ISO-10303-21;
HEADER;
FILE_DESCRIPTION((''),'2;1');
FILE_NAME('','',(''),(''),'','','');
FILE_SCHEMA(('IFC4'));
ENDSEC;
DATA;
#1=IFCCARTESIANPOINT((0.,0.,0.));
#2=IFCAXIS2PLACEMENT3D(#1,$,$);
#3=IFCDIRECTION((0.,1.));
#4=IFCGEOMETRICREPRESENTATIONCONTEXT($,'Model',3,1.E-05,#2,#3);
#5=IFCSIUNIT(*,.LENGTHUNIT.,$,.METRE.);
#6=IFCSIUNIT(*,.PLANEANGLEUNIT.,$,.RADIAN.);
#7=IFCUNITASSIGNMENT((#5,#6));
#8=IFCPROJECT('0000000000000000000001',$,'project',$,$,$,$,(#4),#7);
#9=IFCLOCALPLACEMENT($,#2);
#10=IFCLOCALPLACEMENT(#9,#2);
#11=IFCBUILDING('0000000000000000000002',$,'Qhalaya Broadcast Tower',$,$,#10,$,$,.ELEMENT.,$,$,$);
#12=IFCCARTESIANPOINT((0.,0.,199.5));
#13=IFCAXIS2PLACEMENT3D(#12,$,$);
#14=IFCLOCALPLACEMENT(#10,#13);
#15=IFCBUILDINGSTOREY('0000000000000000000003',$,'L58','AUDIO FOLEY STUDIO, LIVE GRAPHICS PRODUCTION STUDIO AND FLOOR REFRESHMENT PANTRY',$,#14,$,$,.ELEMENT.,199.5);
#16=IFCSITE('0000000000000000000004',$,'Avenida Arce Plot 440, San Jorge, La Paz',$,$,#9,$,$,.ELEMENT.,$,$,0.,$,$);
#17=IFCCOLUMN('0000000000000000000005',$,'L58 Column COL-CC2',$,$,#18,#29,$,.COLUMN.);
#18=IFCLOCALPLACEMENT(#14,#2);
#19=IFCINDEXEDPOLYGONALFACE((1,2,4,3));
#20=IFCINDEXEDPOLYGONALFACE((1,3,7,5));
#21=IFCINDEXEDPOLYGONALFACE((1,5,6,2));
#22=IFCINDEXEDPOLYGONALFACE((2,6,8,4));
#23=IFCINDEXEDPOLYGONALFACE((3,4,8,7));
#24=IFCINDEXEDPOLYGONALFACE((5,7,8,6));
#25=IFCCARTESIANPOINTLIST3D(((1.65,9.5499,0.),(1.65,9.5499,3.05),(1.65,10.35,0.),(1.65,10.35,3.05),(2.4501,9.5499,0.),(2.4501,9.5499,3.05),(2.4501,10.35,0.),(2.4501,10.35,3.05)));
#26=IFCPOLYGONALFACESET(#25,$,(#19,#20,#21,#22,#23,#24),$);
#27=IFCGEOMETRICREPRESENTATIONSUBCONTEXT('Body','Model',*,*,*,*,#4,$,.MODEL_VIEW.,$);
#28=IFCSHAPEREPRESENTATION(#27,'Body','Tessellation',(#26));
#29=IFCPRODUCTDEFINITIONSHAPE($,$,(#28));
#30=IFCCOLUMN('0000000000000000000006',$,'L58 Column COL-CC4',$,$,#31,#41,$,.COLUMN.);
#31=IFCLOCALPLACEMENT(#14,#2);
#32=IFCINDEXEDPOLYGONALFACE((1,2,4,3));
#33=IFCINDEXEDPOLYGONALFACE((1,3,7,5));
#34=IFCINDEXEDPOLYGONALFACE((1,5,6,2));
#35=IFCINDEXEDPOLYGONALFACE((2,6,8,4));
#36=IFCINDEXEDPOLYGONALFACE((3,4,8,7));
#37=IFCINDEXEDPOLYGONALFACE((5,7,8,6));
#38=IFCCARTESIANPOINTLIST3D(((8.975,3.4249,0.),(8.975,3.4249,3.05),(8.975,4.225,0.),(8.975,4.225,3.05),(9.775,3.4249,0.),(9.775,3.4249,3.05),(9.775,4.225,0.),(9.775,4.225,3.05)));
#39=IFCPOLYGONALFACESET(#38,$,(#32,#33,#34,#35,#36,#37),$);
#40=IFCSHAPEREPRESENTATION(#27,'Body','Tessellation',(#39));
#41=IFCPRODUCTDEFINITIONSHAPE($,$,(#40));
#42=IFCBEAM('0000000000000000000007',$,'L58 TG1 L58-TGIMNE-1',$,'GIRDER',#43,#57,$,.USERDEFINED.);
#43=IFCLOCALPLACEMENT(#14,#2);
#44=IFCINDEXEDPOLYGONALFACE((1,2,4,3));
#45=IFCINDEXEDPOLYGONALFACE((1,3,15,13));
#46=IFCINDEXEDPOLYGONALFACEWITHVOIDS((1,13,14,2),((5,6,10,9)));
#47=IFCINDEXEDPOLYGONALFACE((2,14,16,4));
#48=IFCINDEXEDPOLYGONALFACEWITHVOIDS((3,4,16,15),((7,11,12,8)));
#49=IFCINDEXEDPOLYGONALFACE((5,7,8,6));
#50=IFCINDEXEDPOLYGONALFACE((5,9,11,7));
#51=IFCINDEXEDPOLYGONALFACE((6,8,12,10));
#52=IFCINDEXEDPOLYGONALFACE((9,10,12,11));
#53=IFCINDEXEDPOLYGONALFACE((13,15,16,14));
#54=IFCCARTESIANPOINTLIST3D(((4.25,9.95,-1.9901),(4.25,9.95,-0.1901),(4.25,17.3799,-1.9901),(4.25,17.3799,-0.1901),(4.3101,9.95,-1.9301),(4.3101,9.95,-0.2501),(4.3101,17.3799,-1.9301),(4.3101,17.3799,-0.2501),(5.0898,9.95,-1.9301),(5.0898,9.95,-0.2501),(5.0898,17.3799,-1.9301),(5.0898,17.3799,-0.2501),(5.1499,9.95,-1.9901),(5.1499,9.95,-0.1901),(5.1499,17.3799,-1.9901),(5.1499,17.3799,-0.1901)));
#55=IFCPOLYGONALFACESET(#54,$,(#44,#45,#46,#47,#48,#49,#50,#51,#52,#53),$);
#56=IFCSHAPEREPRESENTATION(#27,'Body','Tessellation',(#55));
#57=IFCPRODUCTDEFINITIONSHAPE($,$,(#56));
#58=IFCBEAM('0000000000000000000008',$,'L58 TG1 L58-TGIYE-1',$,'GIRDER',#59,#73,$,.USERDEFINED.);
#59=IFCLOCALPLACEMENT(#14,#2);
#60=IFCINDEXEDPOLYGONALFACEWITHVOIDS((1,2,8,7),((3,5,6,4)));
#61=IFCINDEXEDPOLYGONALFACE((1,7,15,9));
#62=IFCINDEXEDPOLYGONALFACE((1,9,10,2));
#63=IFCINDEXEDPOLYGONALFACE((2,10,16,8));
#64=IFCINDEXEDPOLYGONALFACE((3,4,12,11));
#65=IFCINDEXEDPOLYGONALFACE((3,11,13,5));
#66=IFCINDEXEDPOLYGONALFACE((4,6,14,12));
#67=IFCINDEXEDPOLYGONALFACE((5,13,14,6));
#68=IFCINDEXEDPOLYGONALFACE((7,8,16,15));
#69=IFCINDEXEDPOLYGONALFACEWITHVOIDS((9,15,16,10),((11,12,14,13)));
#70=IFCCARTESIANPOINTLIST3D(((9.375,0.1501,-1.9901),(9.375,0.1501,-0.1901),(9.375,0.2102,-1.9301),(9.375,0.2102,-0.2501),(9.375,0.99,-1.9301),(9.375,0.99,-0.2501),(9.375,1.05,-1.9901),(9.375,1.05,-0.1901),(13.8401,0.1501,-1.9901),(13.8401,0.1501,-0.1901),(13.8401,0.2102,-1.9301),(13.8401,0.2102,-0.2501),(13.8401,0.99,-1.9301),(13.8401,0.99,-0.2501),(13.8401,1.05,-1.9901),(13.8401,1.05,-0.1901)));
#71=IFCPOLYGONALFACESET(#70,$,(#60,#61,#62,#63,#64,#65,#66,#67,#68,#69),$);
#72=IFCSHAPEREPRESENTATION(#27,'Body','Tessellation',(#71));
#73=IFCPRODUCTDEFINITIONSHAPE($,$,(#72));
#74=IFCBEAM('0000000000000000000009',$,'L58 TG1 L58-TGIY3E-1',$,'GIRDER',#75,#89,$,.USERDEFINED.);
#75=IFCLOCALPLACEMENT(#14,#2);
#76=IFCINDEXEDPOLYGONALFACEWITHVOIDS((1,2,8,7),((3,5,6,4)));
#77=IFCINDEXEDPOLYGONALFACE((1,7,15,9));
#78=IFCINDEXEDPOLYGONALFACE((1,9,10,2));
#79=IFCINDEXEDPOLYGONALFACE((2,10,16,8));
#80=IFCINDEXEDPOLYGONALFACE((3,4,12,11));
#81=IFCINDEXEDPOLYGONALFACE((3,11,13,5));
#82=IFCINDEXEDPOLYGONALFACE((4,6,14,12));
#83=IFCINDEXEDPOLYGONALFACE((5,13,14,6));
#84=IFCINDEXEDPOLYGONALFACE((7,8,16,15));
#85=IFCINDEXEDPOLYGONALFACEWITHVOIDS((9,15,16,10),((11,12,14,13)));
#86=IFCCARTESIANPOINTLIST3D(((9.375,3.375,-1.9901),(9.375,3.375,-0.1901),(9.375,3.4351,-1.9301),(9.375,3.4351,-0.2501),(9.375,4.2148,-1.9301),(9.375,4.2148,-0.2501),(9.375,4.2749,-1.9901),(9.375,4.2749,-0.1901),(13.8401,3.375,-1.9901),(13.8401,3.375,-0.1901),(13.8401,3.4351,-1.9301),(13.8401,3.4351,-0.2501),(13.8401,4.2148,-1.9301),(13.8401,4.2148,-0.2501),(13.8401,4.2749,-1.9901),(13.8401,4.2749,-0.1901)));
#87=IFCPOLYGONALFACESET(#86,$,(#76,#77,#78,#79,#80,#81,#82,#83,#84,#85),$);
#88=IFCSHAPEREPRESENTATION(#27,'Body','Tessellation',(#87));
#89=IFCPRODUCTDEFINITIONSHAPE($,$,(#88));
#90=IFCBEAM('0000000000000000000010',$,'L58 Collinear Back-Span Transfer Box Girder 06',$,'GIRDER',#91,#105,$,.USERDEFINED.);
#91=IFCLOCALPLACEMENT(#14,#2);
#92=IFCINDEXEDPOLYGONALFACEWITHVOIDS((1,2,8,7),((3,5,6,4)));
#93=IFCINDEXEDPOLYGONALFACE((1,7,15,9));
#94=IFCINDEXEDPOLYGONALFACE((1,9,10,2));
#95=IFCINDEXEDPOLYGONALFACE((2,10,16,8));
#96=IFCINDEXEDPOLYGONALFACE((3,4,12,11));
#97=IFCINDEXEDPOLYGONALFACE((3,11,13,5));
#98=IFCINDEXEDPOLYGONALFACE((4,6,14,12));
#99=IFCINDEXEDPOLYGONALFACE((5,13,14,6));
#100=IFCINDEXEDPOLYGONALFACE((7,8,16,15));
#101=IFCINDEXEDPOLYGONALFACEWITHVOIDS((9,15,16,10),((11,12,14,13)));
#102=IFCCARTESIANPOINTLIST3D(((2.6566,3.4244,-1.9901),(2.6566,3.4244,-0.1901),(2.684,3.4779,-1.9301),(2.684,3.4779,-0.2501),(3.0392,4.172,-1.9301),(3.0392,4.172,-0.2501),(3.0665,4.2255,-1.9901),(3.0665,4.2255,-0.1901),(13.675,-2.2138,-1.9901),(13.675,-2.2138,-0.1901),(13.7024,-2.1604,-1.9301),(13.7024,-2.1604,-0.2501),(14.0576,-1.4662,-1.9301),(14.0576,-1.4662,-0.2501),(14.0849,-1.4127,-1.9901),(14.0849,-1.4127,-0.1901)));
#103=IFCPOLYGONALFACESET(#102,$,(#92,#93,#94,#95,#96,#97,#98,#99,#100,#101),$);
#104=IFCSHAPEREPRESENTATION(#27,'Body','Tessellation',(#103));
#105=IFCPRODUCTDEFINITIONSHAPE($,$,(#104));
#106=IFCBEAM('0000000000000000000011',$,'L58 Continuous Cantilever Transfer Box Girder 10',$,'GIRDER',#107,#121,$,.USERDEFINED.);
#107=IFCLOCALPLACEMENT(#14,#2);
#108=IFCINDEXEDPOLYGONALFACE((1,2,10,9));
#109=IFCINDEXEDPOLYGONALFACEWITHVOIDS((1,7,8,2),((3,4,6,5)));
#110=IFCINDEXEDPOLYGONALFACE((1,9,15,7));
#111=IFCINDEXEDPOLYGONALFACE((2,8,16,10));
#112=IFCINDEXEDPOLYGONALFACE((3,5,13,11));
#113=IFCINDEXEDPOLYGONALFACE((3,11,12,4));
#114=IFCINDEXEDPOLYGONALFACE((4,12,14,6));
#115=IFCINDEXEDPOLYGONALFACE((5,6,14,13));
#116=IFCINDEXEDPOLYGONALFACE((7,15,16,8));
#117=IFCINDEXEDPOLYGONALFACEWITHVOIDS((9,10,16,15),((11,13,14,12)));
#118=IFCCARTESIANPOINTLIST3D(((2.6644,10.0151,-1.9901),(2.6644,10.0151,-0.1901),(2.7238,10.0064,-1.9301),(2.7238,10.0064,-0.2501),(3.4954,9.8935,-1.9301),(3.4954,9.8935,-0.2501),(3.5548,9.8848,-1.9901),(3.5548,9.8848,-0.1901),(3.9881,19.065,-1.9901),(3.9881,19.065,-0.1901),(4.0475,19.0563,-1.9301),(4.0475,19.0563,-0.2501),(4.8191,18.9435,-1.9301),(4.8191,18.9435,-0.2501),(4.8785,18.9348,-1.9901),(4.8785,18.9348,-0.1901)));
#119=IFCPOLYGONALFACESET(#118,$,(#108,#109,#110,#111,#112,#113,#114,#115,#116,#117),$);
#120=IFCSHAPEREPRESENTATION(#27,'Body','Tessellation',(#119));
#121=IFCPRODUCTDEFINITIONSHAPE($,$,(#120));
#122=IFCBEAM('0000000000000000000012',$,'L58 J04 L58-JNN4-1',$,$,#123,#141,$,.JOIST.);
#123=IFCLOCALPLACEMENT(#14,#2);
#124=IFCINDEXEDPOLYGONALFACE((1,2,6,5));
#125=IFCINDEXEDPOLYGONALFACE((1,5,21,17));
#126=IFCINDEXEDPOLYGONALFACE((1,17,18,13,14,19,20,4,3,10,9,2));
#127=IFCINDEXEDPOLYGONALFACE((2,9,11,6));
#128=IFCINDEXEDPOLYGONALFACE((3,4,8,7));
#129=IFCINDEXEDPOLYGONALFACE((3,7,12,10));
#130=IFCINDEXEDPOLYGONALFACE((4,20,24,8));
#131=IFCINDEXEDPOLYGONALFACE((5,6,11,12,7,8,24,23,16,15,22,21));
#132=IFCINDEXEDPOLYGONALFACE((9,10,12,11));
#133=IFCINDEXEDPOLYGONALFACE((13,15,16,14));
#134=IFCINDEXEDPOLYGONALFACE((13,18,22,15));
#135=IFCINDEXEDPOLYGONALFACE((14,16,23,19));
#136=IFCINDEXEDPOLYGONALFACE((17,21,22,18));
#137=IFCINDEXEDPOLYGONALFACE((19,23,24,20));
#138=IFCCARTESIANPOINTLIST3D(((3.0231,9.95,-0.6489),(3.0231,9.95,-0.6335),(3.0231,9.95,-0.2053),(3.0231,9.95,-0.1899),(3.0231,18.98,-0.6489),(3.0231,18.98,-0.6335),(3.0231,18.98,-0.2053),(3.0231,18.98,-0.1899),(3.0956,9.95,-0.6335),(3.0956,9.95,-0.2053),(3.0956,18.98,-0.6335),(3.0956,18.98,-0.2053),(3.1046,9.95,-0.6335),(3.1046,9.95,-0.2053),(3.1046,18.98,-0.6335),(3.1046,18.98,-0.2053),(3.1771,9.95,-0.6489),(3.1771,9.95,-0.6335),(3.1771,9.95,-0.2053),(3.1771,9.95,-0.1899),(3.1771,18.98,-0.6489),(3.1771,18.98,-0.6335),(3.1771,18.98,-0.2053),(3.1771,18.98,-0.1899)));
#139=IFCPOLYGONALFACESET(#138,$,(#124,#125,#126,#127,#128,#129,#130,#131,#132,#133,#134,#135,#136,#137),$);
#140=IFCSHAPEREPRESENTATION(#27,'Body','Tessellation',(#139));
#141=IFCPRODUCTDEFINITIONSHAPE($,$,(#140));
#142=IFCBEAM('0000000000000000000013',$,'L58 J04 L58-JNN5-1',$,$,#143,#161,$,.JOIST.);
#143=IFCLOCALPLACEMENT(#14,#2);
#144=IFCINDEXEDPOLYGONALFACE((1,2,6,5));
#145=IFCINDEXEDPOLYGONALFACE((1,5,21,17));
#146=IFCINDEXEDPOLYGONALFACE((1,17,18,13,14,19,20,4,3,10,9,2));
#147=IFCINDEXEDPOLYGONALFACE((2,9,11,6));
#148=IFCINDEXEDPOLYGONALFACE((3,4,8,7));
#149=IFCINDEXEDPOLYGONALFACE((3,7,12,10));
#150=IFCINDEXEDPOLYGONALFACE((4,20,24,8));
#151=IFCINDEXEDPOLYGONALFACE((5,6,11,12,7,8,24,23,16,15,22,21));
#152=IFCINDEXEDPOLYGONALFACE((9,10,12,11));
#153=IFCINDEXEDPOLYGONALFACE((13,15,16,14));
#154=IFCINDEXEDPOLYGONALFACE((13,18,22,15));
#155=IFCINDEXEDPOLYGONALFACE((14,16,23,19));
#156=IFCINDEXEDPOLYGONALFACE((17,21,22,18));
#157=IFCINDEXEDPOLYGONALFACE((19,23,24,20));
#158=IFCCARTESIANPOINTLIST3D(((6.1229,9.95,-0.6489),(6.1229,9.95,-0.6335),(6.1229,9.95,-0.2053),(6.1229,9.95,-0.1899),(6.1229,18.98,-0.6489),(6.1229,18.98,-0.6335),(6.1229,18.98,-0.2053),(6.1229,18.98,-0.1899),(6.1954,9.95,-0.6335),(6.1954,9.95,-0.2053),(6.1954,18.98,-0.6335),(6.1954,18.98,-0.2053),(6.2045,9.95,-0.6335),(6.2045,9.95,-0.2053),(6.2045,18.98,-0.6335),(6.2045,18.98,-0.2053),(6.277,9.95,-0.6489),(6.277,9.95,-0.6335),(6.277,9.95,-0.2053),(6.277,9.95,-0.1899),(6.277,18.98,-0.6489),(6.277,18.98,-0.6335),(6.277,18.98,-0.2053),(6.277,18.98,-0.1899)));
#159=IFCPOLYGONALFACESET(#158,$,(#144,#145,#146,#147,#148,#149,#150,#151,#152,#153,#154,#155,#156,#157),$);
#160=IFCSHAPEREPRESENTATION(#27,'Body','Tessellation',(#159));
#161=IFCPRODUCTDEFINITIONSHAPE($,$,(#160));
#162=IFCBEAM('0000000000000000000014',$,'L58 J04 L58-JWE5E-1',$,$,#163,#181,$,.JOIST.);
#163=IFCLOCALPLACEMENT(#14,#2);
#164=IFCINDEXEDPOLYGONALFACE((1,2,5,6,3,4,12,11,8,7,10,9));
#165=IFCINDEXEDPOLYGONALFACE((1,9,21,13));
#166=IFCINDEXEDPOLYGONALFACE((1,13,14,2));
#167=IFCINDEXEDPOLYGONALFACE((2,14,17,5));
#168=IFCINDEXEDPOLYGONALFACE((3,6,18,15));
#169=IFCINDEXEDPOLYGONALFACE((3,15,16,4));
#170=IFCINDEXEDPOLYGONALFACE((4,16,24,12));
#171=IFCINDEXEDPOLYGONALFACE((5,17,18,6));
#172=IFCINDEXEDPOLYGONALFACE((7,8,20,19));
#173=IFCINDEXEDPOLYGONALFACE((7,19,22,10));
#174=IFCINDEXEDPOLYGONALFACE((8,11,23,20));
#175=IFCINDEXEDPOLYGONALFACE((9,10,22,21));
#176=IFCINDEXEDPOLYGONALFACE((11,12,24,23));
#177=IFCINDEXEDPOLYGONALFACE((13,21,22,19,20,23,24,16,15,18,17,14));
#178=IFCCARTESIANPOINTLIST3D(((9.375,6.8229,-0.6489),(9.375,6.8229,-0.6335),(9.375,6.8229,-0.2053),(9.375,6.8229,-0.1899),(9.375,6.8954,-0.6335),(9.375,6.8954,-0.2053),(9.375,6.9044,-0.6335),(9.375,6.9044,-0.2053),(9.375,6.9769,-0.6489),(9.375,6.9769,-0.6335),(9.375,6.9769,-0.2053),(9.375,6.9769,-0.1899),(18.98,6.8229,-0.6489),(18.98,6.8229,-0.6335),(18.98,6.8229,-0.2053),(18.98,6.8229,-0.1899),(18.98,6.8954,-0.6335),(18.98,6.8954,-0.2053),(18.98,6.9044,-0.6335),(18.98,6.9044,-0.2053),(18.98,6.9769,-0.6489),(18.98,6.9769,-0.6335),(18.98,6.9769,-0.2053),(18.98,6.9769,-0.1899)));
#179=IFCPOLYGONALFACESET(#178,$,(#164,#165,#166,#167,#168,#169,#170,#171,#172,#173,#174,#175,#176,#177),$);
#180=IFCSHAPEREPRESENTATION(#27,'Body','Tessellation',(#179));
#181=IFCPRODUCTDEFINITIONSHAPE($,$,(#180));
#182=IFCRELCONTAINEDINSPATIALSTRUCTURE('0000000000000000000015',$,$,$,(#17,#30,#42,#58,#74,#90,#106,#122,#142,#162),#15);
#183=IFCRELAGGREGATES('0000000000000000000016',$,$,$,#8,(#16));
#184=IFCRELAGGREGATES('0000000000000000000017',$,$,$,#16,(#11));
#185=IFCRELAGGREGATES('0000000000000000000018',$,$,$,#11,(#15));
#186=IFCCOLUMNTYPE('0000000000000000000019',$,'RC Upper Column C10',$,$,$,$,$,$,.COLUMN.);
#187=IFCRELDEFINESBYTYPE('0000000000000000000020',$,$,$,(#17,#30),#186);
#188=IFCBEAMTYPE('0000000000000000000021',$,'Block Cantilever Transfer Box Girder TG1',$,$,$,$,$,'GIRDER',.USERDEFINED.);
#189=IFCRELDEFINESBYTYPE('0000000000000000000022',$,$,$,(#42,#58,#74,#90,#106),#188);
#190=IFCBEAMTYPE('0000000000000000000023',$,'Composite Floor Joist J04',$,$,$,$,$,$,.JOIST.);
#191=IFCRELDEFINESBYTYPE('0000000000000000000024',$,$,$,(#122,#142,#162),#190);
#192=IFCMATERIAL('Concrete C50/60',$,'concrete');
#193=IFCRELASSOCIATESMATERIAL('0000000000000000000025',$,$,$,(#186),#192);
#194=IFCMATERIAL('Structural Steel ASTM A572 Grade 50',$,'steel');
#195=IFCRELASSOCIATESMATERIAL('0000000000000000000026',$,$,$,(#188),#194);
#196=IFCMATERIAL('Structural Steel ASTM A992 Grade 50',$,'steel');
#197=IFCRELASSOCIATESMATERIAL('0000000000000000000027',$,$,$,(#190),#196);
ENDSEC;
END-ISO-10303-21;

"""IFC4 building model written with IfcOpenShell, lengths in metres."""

from ifc_helpers import new_model, si_unit, direction, frame, origin, origin_2d, place, context, subcontext, project, spatial, rectangle, hollow_rectangle, i_section, extrude, material, material_profile, profile_set, type_object, element, save


model = new_model("IFC4")

# Units and contexts
model_context = context("Model", 3, precision=1e-05, world=origin(), true_north=direction((0.0, 1.0)))
body_context = subcontext(model_context, "Body", "Model", "MODEL_VIEW")
ifc_project = project(units=[si_unit("LENGTHUNIT", "METRE"), si_unit("PLANEANGLEUNIT", "RADIAN")], contexts=[model_context])

# Site, building, storey
site_placement = place(None, origin())
site = spatial("IfcSite", under=ifc_project, at=site_placement, Name="Avenida Arce Plot 440, San Jorge, La Paz", CompositionType="ELEMENT", RefElevation=0.0)
building_placement = place(site_placement, origin())
building = spatial("IfcBuilding", under=site, at=building_placement, Name="Qhalaya Broadcast Tower", CompositionType="ELEMENT")
storey_placement = place(building_placement, frame((0.0, 0.0, 199.5)))
storey = spatial("IfcBuildingStorey", under=building, at=storey_placement, Name="L58", Description="AUDIO FOLEY STUDIO, LIVE GRAPHICS PRODUCTION STUDIO AND FLOOR REFRESHMENT PANTRY", CompositionType="ELEMENT", Elevation=199.5)

# Columns
ifc_material_1 = material(Name="Concrete C50/60", Category="concrete")
ifc_material_profile_1 = material_profile(ifc_material_1, rectangle(XDim=0.8, YDim=0.8, at=origin_2d()), Name="RC-COL 800x800")
ifc_profile_set_1 = profile_set([ifc_material_profile_1], Name="Concrete C50/60")
column_type = type_object("IfcColumnType", Name="RC Upper Column C10", PredefinedType="COLUMN", material=ifc_profile_set_1)
for number, where, z_axis, x_axis, name in (
    (1, (2.05, 9.95, 0.0), (0.0, 0.0, 1.0), (1.0, 0.0, 0.0), "L58 Column COL-CC2"),
    (2, (9.375, 3.825, 0.0), (0.0, 0.0, 1.0), (1.0, 0.0, 0.0), "L58 Column COL-CC4"),
):
    element("IfcColumn", number, at=place(storey_placement, frame(where, z_axis=z_axis, x_axis=x_axis)), inside=storey, type_object=column_type, Name=name, PredefinedType="COLUMN", context=body_context, shape_type="SweptSolid", body=[
        extrude(rectangle(XDim=0.8, YDim=0.8, at=origin_2d()), origin(), (0.0, 0.0, 1.0), 3.05),
    ])

# Beams
ifc_material_2 = material(Name="Structural Steel ASTM A572 Grade 50", Category="steel")
ifc_material_profile_2 = material_profile(ifc_material_2, hollow_rectangle(XDim=0.8999, YDim=1.8, WallThickness=0.0601, at=origin_2d()), Name="BOX 900x1800x60")
ifc_profile_set_2 = profile_set([ifc_material_profile_2], Name="Structural Steel ASTM A572 Grade 50")
beam_type_1 = type_object("IfcBeamType", Name="Block Cantilever Transfer Box Girder TG1", ElementType="GIRDER", PredefinedType="USERDEFINED", material=ifc_profile_set_2)
beam_1_placement = place(storey_placement, frame((4.7, 9.95, -1.0901), z_axis=(0.0, 1.0, 0.0), x_axis=(-1.0, 0.0, 0.0)))
element("IfcBeam", 3, at=beam_1_placement, inside=storey, type_object=beam_type_1, Name="L58 TG1 L58-TGIMNE-1", ObjectType="GIRDER", PredefinedType="USERDEFINED", context=body_context, shape_type="SweptSolid", body=[
    extrude(hollow_rectangle(XDim=0.8999, YDim=1.8, WallThickness=0.0601, at=origin_2d()), origin(), (0.0, 0.0, 1.0), 7.4299),
])
for number, where, z_axis, x_axis, name in (
    (4, (9.375, 0.6001, -1.0901), (1.0, 0.0, 0.0), (0.0, 1.0, 0.0), "L58 TG1 L58-TGIYE-1"),
    (5, (9.375, 3.825, -1.0901), (1.0, 0.0, 0.0), (0.0, 1.0, 0.0), "L58 TG1 L58-TGIY3E-1"),
):
    element("IfcBeam", number, at=place(storey_placement, frame(where, z_axis=z_axis, x_axis=x_axis)), inside=storey, type_object=beam_type_1, Name=name, ObjectType="GIRDER", PredefinedType="USERDEFINED", context=body_context, shape_type="SweptSolid", body=[
        extrude(hollow_rectangle(XDim=0.8999, YDim=1.8, WallThickness=0.0601, at=origin_2d()), origin(), (0.0, 0.0, 1.0), 4.4651),
    ])
beam_2_placement = place(storey_placement, frame((2.8616, 3.825, -1.0901), z_axis=(0.890218, -0.455534, 0.0), x_axis=(0.455534, 0.890218, 0.0)))
element("IfcBeam", 6, at=beam_2_placement, inside=storey, type_object=beam_type_1, Name="L58 Collinear Back-Span Transfer Box Girder 06", ObjectType="GIRDER", PredefinedType="USERDEFINED", context=body_context, shape_type="SweptSolid", body=[
    extrude(hollow_rectangle(XDim=0.8999, YDim=1.8, WallThickness=0.0601, at=origin_2d()), origin(), (0.0, 0.0, 1.0), 12.3772),
])
beam_3_placement = place(storey_placement, frame((3.1096, 9.95, -1.0901), z_axis=(0.144728, 0.989472, 0.0), x_axis=(-0.989472, 0.144728, 0.0)))
element("IfcBeam", 7, at=beam_3_placement, inside=storey, type_object=beam_type_1, Name="L58 Continuous Cantilever Transfer Box Girder 10", ObjectType="GIRDER", PredefinedType="USERDEFINED", context=body_context, shape_type="SweptSolid", body=[
    extrude(hollow_rectangle(XDim=0.8999, YDim=1.8, WallThickness=0.0601, at=origin_2d()), origin(), (0.0, 0.0, 1.0), 9.1462),
])
ifc_material_3 = material(Name="Structural Steel ASTM A992 Grade 50", Category="steel")
ifc_material_profile_3 = material_profile(ifc_material_3, i_section(OverallWidth=0.1541, OverallDepth=0.459, WebThickness=0.009, FlangeThickness=0.0154, at=origin_2d()), Name="W18X46")
ifc_profile_set_3 = profile_set([ifc_material_profile_3], Name="Structural Steel ASTM A992 Grade 50")
beam_type_2 = type_object("IfcBeamType", Name="Composite Floor Joist J04", PredefinedType="JOIST", material=ifc_profile_set_3)
for number, where, z_axis, x_axis, name in (
    (8, (3.1001, 9.95, -0.4194), (0.0, 1.0, 0.0), (-1.0, 0.0, 0.0), "L58 J04 L58-JNN4-1"),
    (9, (6.2, 9.95, -0.4194), (0.0, 1.0, 0.0), (-1.0, 0.0, 0.0), "L58 J04 L58-JNN5-1"),
):
    element("IfcBeam", number, at=place(storey_placement, frame(where, z_axis=z_axis, x_axis=x_axis)), inside=storey, type_object=beam_type_2, Name=name, PredefinedType="JOIST", context=body_context, shape_type="SweptSolid", body=[
        extrude(i_section(OverallWidth=0.1541, OverallDepth=0.459, WebThickness=0.009, FlangeThickness=0.0154, at=origin_2d()), origin(), (0.0, 0.0, 1.0), 9.03),
    ])
beam_4_placement = place(storey_placement, frame((9.375, 6.8999, -0.4194), z_axis=(1.0, 0.0, 0.0), x_axis=(0.0, 1.0, 0.0)))
element("IfcBeam", 10, at=beam_4_placement, inside=storey, type_object=beam_type_2, Name="L58 J04 L58-JWE5E-1", PredefinedType="JOIST", context=body_context, shape_type="SweptSolid", body=[
    extrude(i_section(OverallWidth=0.1541, OverallDepth=0.459, WebThickness=0.009, FlangeThickness=0.0154, at=origin_2d()), origin(), (0.0, 0.0, 1.0), 9.605),
])

save(model, "model.ifc")
